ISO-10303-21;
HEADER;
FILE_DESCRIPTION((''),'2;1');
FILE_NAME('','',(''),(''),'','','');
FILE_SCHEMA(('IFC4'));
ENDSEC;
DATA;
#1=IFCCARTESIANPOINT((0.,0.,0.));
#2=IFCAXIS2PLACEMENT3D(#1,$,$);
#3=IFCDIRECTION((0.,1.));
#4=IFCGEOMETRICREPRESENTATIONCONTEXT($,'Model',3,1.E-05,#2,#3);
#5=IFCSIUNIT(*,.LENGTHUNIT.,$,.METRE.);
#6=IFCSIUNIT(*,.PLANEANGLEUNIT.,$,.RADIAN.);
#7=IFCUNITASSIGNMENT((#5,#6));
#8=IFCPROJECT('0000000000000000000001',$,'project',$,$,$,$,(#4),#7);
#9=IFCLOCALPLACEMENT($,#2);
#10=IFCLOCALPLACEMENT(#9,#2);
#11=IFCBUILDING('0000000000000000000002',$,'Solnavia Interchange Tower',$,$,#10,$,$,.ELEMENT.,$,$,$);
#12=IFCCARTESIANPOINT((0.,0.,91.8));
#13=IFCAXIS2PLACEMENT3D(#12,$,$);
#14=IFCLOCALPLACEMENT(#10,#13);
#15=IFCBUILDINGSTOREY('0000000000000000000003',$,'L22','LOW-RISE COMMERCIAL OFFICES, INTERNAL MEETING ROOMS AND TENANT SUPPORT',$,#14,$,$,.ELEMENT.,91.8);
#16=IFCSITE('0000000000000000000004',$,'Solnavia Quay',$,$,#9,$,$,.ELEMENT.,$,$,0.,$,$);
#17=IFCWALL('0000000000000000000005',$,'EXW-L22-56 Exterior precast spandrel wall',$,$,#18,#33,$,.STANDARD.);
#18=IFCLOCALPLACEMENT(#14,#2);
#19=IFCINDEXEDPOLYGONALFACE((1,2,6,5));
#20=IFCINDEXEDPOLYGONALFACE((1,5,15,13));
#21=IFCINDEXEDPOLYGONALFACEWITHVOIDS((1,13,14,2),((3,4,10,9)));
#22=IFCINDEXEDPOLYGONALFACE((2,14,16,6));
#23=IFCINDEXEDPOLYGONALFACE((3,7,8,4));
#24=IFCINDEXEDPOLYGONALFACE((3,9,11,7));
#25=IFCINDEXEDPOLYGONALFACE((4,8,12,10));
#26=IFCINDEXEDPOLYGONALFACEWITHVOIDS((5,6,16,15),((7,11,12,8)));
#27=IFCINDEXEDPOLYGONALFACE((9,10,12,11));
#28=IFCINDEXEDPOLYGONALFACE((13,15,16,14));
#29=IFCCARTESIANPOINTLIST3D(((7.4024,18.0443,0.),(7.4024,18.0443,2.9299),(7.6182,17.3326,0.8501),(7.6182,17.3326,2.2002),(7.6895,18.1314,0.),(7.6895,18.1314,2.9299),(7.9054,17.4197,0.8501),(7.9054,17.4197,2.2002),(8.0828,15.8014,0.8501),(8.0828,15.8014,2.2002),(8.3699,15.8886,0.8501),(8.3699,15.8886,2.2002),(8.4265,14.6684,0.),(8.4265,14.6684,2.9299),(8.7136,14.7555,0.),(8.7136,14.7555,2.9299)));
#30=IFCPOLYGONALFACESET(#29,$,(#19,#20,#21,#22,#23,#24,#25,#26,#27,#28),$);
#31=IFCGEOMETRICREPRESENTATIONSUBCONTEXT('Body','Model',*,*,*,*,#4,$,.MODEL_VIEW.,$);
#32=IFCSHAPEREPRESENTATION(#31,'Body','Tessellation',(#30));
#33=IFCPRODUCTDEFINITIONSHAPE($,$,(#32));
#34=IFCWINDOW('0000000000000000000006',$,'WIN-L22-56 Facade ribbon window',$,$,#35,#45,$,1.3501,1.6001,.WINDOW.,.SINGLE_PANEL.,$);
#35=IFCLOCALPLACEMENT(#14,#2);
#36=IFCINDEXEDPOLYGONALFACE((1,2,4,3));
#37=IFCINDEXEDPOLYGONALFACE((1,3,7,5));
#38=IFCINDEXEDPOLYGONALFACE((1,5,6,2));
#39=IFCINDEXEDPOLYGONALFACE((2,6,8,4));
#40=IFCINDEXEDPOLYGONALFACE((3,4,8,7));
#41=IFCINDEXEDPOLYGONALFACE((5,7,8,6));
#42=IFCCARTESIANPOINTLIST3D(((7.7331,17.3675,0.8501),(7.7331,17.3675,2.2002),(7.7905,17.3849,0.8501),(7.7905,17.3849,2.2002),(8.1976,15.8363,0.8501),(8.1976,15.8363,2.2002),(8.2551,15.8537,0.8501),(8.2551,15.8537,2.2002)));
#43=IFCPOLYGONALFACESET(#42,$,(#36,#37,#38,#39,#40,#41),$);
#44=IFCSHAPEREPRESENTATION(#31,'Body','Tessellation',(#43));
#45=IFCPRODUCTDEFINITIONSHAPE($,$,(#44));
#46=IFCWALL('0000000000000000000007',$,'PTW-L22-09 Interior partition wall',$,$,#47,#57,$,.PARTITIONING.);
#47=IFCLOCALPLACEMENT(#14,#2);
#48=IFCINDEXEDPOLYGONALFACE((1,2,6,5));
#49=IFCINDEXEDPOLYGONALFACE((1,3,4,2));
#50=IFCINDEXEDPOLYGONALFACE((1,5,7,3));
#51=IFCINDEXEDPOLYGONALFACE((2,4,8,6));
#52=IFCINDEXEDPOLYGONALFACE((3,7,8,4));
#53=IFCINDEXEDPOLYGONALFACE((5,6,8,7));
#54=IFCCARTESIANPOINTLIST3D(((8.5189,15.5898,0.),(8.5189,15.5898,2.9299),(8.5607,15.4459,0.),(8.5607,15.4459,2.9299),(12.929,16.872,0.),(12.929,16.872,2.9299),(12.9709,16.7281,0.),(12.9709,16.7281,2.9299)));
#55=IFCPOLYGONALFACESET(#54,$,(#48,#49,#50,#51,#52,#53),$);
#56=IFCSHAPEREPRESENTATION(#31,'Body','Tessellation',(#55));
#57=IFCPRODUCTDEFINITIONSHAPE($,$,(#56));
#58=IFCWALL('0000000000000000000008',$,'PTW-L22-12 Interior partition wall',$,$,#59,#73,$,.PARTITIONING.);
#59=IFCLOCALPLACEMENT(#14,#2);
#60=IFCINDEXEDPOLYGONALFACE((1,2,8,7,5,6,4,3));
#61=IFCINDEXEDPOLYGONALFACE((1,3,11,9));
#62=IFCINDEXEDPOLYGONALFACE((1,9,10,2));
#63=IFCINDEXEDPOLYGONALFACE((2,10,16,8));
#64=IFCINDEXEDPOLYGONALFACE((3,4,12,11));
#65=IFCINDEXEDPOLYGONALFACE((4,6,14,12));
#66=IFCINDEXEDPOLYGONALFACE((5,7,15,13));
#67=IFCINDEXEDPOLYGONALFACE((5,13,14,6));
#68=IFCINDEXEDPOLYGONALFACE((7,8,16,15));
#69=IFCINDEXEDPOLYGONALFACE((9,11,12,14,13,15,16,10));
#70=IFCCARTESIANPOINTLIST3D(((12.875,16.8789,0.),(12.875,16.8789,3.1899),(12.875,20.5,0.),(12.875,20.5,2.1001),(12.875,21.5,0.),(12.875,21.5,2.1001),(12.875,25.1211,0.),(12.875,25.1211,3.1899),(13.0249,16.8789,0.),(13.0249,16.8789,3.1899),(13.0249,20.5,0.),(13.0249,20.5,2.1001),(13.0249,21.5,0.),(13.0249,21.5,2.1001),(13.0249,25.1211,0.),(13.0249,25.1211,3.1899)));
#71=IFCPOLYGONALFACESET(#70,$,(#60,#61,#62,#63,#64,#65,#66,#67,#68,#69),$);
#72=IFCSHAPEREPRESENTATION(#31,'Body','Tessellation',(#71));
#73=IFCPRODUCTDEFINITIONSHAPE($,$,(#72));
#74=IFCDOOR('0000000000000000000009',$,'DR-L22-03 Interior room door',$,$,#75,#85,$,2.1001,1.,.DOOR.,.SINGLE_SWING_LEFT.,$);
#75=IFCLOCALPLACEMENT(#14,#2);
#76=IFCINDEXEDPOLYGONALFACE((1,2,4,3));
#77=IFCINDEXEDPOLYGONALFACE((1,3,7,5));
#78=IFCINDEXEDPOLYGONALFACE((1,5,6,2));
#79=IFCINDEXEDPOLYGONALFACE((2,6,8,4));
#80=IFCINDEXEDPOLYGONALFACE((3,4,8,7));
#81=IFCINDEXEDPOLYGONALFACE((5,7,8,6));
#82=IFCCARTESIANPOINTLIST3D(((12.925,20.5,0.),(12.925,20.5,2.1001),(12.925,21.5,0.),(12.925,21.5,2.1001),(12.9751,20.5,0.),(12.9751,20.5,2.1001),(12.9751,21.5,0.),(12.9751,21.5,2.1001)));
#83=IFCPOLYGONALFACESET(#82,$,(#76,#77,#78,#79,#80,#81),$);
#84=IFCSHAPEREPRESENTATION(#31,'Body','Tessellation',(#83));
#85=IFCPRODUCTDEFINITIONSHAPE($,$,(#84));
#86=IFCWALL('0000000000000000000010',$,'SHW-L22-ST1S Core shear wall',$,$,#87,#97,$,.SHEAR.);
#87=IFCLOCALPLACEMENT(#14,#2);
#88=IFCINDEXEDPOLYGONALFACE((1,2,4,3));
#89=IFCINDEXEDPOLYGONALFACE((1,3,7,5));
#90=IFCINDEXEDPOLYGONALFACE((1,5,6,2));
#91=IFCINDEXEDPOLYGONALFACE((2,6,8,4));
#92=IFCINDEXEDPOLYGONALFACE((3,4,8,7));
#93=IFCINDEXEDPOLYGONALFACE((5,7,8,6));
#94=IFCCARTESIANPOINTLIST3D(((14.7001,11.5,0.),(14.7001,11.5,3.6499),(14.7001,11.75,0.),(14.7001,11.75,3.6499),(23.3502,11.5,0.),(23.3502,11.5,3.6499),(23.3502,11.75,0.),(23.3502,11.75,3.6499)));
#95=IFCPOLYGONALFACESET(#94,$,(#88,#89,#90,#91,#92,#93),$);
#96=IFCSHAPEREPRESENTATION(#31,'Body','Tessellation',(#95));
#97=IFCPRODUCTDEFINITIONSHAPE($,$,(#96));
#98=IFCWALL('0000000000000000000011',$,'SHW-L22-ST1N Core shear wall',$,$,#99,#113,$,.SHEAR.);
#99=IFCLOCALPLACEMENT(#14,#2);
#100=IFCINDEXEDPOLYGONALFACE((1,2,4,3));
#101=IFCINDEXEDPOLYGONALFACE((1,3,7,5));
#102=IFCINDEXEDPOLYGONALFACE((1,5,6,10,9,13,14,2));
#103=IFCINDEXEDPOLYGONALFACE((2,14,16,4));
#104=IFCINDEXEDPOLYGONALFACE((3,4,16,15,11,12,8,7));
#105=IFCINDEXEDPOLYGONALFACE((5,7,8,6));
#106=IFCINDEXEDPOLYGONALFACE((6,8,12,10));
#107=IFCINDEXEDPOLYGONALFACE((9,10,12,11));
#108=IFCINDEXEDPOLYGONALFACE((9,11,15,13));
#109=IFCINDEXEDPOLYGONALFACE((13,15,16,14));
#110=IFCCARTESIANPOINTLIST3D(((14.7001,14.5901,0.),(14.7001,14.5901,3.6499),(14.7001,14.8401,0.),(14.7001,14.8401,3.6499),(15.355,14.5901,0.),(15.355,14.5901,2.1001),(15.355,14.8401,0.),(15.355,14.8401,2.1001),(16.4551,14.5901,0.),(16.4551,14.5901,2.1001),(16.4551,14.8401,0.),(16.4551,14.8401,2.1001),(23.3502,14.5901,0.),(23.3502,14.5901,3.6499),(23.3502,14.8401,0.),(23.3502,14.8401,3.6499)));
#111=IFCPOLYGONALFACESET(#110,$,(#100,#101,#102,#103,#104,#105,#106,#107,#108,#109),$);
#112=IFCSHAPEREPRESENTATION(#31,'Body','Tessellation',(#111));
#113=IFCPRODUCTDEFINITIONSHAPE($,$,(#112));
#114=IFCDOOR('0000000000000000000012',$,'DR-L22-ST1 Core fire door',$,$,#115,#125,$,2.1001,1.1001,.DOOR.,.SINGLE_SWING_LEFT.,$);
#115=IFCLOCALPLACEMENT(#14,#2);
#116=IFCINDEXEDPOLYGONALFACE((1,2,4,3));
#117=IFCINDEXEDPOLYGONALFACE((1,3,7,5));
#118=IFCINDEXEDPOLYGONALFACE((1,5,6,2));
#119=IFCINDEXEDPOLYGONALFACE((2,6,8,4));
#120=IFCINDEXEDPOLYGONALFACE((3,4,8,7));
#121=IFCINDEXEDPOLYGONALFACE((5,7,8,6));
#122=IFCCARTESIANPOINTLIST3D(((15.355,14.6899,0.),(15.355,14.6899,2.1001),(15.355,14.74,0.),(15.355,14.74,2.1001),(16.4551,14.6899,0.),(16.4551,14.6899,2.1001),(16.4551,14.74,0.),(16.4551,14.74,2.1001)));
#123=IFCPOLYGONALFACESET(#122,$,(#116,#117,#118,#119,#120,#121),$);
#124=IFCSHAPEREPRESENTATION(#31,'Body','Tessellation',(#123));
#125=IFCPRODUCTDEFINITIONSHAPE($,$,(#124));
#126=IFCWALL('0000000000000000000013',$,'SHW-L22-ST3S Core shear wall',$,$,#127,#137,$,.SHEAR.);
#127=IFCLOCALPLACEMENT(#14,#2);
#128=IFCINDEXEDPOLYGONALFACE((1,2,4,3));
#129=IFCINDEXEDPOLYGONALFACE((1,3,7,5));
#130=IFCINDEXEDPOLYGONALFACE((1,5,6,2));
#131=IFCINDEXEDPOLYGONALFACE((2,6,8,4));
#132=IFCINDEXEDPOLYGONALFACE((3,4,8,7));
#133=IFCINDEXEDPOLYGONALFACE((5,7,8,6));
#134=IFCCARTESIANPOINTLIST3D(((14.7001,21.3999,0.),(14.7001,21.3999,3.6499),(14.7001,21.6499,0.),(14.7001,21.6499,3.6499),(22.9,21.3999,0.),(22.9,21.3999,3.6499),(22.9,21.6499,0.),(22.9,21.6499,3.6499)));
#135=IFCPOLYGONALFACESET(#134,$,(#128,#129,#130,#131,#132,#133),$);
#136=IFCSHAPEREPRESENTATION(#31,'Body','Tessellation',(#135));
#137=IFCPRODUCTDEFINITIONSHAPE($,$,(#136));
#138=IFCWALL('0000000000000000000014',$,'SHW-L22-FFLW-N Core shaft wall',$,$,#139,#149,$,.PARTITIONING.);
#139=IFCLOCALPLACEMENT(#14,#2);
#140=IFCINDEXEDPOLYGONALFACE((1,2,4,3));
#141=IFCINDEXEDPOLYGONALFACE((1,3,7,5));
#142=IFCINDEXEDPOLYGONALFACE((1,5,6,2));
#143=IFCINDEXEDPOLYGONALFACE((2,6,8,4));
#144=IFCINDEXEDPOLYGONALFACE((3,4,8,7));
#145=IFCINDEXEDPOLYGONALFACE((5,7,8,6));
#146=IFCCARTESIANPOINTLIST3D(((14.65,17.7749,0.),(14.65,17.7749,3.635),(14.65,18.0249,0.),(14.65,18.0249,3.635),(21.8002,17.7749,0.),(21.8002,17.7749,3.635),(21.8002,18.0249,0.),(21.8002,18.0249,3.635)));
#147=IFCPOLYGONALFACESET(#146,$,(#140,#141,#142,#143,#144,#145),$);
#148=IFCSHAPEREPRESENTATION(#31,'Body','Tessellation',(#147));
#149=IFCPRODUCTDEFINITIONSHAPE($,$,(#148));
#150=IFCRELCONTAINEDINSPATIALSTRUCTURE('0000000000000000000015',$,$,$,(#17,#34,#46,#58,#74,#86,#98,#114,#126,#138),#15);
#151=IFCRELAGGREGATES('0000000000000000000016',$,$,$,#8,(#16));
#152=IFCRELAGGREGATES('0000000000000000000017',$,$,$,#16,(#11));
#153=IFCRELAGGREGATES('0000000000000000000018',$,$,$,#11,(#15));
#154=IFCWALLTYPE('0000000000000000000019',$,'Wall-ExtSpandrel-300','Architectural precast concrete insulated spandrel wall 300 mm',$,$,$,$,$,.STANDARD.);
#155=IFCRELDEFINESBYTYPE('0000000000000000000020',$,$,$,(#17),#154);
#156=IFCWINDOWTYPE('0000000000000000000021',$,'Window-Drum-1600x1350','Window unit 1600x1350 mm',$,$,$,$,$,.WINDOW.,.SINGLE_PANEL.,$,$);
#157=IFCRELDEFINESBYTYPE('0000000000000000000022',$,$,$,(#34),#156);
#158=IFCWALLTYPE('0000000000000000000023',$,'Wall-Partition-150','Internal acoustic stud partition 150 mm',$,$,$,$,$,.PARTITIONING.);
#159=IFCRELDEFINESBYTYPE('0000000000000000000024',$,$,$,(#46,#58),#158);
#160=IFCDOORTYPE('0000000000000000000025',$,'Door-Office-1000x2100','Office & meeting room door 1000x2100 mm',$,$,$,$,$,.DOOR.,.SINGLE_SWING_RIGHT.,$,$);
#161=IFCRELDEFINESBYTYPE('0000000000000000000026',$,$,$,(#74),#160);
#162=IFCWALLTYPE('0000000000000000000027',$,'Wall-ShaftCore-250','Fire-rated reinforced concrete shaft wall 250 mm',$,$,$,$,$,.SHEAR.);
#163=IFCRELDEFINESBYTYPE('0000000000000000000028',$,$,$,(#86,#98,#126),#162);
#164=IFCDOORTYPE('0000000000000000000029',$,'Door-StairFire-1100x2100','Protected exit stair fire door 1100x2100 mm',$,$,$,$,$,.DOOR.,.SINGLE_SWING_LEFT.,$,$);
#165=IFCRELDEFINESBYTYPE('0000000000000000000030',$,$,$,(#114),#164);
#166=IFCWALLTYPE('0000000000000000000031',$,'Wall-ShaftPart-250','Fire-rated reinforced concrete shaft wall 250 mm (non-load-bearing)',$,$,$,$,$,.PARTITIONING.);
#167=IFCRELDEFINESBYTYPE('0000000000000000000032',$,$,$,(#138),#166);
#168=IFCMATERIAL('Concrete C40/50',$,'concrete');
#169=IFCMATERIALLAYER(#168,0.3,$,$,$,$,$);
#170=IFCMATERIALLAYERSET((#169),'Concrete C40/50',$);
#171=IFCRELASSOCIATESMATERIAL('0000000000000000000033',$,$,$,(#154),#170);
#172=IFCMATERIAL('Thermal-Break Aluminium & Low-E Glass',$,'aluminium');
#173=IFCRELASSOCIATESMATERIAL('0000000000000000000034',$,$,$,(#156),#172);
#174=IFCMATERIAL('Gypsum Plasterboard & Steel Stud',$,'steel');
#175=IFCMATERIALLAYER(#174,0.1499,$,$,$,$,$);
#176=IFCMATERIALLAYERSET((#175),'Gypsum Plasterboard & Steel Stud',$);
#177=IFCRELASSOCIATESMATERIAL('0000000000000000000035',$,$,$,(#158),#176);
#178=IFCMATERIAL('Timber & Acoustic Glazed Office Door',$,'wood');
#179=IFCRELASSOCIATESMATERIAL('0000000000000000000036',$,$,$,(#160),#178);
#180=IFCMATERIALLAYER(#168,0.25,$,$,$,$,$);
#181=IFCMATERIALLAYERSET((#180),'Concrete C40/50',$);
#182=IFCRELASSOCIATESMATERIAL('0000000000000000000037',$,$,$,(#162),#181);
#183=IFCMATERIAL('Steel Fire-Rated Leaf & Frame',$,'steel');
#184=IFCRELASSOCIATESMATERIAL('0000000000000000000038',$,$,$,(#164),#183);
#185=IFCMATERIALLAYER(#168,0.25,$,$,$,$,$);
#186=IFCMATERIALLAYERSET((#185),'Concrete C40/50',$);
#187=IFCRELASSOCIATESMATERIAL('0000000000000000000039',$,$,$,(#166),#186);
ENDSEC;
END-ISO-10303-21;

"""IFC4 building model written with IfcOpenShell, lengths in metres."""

from ifc_helpers import new_model, si_unit, direction, frame, frame_2d, origin, place, context, subcontext, project, spatial, rectangle, extrude, material, layer, layer_set, type_object, element, fill, save


model = new_model("IFC4")

# Units and contexts
model_context = context("Model", 3, precision=1e-05, world=origin(), true_north=direction((0.0, 1.0)))
body_context = subcontext(model_context, "Body", "Model", "MODEL_VIEW")
ifc_project = project(units=[si_unit("LENGTHUNIT", "METRE"), si_unit("PLANEANGLEUNIT", "RADIAN")], contexts=[model_context])

# Site, building, storey
site_placement = place(None, origin())
site = spatial("IfcSite", under=ifc_project, at=site_placement, Name="Solnavia Quay", CompositionType="ELEMENT", RefElevation=0.0)
building_placement = place(site_placement, origin())
building = spatial("IfcBuilding", under=site, at=building_placement, Name="Solnavia Interchange Tower", CompositionType="ELEMENT")
storey_placement = place(building_placement, frame((0.0, 0.0, 91.8)))
storey = spatial("IfcBuildingStorey", under=building, at=storey_placement, Name="L22", Description="LOW-RISE COMMERCIAL OFFICES, INTERNAL MEETING ROOMS AND TENANT SUPPORT", CompositionType="ELEMENT", Elevation=91.8)

# Shared definitions
ifc_material_1 = material(Name="Concrete C40/50", Category="concrete")
ifc_layer_1 = layer(ifc_material_1, 0.3)
ifc_layer_set_1 = layer_set([ifc_layer_1], Name="Concrete C40/50")
wall_type_1 = type_object("IfcWallType", Name="Wall-ExtSpandrel-300", Description="Architectural precast concrete insulated spandrel wall 300 mm", PredefinedType="STANDARD", material=ifc_layer_set_1)

# Wall, opening, window
ifc_material_2 = material(Name="Thermal-Break Aluminium & Low-E Glass", Category="aluminium")
window_type = type_object("IfcWindowType", Name="Window-Drum-1600x1350", Description="Window unit 1600x1350 mm", PartitioningType="SINGLE_PANEL", PredefinedType="WINDOW", material=ifc_material_2)
wall_1_placement = place(storey_placement, frame((8.5701, 14.7119, 0.0), z_axis=(0.0, 0.0, 1.0), x_axis=(-0.290305, 0.956934, 0.0)))
wall_1 = element("IfcWall", 1, at=wall_1_placement, inside=storey, type_object=wall_type_1, Name="EXW-L22-56 Exterior precast spandrel wall", PredefinedType="STANDARD", context=body_context, shape_type="SweptSolid", body=[
    extrude(rectangle(XDim=3.5278, YDim=0.3, at=frame_2d((1.7639, 0.0))), origin(), (0.0, 0.0, 1.0), 2.9299),
])
opening_1_placement = place(wall_1_placement, frame((1.1841, 0.0, 0.8501)))
opening_1 = element("IfcOpeningElement", 2, at=opening_1_placement, cuts=wall_1, PredefinedType="OPENING", context=body_context, shape_type="SweptSolid", body=[
    extrude(rectangle(XDim=1.6001, YDim=1.3501, at=frame_2d((0.8, 0.675))), frame((0.0, 0.1602, 0.0), z_axis=(0.0, -1.0, 0.0), x_axis=(1.0, 0.0, 0.0)), (0.0, 0.0, 1.0), 0.3201),
])
window_1_placement = place(opening_1_placement, origin())
window_1 = element("IfcWindow", 3, at=window_1_placement, inside=storey, type_object=window_type, Name="WIN-L22-56 Facade ribbon window", OverallHeight=1.3501, OverallWidth=1.6001, PartitioningType="SINGLE_PANEL", PredefinedType="WINDOW", context=body_context, shape_type="SweptSolid", body=[
    extrude(rectangle(XDim=1.6001, YDim=1.3501, at=frame_2d((0.8, 0.675))), frame((0.0, 0.03, 0.0), z_axis=(0.0, -1.0, 0.0), x_axis=(1.0, 0.0, 0.0)), (0.0, 0.0, 1.0), 0.0601),
])
fill(opening_1, window_1)

# Wall
ifc_material_3 = material(Name="Gypsum Plasterboard & Steel Stud", Category="steel")
ifc_layer_2 = layer(ifc_material_3, 0.1499)
ifc_layer_set_2 = layer_set([ifc_layer_2], Name="Gypsum Plasterboard & Steel Stud")
wall_type_2 = type_object("IfcWallType", Name="Wall-Partition-150", Description="Internal acoustic stud partition 150 mm", PredefinedType="PARTITIONING", material=ifc_layer_set_2)
wall_2_placement = place(storey_placement, frame((12.95, 16.8, 0.0), z_axis=(0.0, 0.0, 1.0), x_axis=(-0.960238, -0.279183, 0.0)))
element("IfcWall", 4, at=wall_2_placement, inside=storey, type_object=wall_type_2, Name="PTW-L22-09 Interior partition wall", PredefinedType="PARTITIONING", context=body_context, shape_type="SweptSolid", body=[
    extrude(rectangle(XDim=4.5928, YDim=0.1499, at=frame_2d((2.2964, 0.0))), origin(), (0.0, 0.0, 1.0), 2.9299),
])

# Wall, opening, door
wall_3_placement = place(storey_placement, frame((12.95, 16.8789, 0.0), z_axis=(0.0, 0.0, 1.0), x_axis=(0.0, 1.0, 0.0)))
wall_3 = element("IfcWall", 5, at=wall_3_placement, inside=storey, type_object=wall_type_2, Name="PTW-L22-12 Interior partition wall", PredefinedType="PARTITIONING", context=body_context, shape_type="SweptSolid", body=[
    extrude(rectangle(XDim=8.2422, YDim=0.1499, at=frame_2d((4.1211, 0.0))), origin(), (0.0, 0.0, 1.0), 3.1899),
])
opening_2_placement = place(wall_3_placement, frame((3.6211, 0.0, 0.0)))
opening_2 = element("IfcOpeningElement", 6, at=opening_2_placement, cuts=wall_3, PredefinedType="OPENING", context=body_context, shape_type="SweptSolid", body=[
    extrude(rectangle(XDim=1.0, YDim=2.1001, at=frame_2d((0.5, 1.05))), frame((0.0, 0.085, 0.0), z_axis=(0.0, -1.0, 0.0), x_axis=(1.0, 0.0, 0.0)), (0.0, 0.0, 1.0), 0.1699),
])
ifc_material_4 = material(Name="Timber & Acoustic Glazed Office Door", Category="wood")
door_type_1 = type_object("IfcDoorType", Name="Door-Office-1000x2100", Description="Office & meeting room door 1000x2100 mm", OperationType="SINGLE_SWING_RIGHT", PredefinedType="DOOR", material=ifc_material_4)
door_1_placement = place(opening_2_placement, origin())
door_1 = element("IfcDoor", 7, at=door_1_placement, inside=storey, type_object=door_type_1, Name="DR-L22-03 Interior room door", OperationType="SINGLE_SWING_LEFT", OverallHeight=2.1001, OverallWidth=1.0, PredefinedType="DOOR", context=body_context, shape_type="SweptSolid", body=[
    extrude(rectangle(XDim=1.0, YDim=2.1001, at=frame_2d((0.5, 1.05))), frame((0.0, 0.0249, 0.0), z_axis=(0.0, -1.0, 0.0), x_axis=(1.0, 0.0, 0.0)), (0.0, 0.0, 1.0), 0.05),
])
fill(opening_2, door_1)

# Wall
ifc_layer_3 = layer(ifc_material_1, 0.25)
ifc_layer_set_3 = layer_set([ifc_layer_3], Name="Concrete C40/50")
wall_type_3 = type_object("IfcWallType", Name="Wall-ShaftCore-250", Description="Fire-rated reinforced concrete shaft wall 250 mm", PredefinedType="SHEAR", material=ifc_layer_set_3)
wall_4_placement = place(storey_placement, frame((14.7, 11.625, 0.0), z_axis=(0.0, 0.0, 1.0), x_axis=(1.0, 0.0, 0.0)))
element("IfcWall", 8, at=wall_4_placement, inside=storey, type_object=wall_type_3, Name="SHW-L22-ST1S Core shear wall", PredefinedType="SHEAR", context=body_context, shape_type="SweptSolid", body=[
    extrude(rectangle(XDim=8.6501, YDim=0.25, at=frame_2d((4.3252, 0.0))), origin(), (0.0, 0.0, 1.0), 3.6499),
])

# Wall, opening, door
wall_5_placement = place(storey_placement, frame((14.7, 14.7151, 0.0), z_axis=(0.0, 0.0, 1.0), x_axis=(1.0, 0.0, 0.0)))
wall_5 = element("IfcWall", 9, at=wall_5_placement, inside=storey, type_object=wall_type_3, Name="SHW-L22-ST1N Core shear wall", PredefinedType="SHEAR", context=body_context, shape_type="SweptSolid", body=[
    extrude(rectangle(XDim=8.6501, YDim=0.25, at=frame_2d((4.3252, 0.0))), origin(), (0.0, 0.0, 1.0), 3.6499),
])
opening_3_placement = place(wall_5_placement, frame((0.655, 0.0, 0.0)))
opening_3 = element("IfcOpeningElement", 10, at=opening_3_placement, cuts=wall_5, PredefinedType="OPENING", context=body_context, shape_type="SweptSolid", body=[
    extrude(rectangle(XDim=1.1001, YDim=2.1001, at=frame_2d((0.55, 1.05))), frame((0.0, 0.135, 0.0), z_axis=(0.0, -1.0, 0.0), x_axis=(1.0, 0.0, 0.0)), (0.0, 0.0, 1.0), 0.27),
])
ifc_material_5 = material(Name="Steel Fire-Rated Leaf & Frame", Category="steel")
door_type_2 = type_object("IfcDoorType", Name="Door-StairFire-1100x2100", Description="Protected exit stair fire door 1100x2100 mm", OperationType="SINGLE_SWING_LEFT", PredefinedType="DOOR", material=ifc_material_5)
door_2_placement = place(opening_3_placement, origin())
door_2 = element("IfcDoor", 11, at=door_2_placement, inside=storey, type_object=door_type_2, Name="DR-L22-ST1 Core fire door", OperationType="SINGLE_SWING_LEFT", OverallHeight=2.1001, OverallWidth=1.1001, PredefinedType="DOOR", context=body_context, shape_type="SweptSolid", body=[
    extrude(rectangle(XDim=1.1001, YDim=2.1001, at=frame_2d((0.55, 1.05))), frame((0.0, 0.0249, 0.0), z_axis=(0.0, -1.0, 0.0), x_axis=(1.0, 0.0, 0.0)), (0.0, 0.0, 1.0), 0.05),
])
fill(opening_3, door_2)

# Walls
wall_6_placement = place(storey_placement, frame((14.7, 21.5249, 0.0), z_axis=(0.0, 0.0, 1.0), x_axis=(1.0, 0.0, 0.0)))
element("IfcWall", 12, at=wall_6_placement, inside=storey, type_object=wall_type_3, Name="SHW-L22-ST3S Core shear wall", PredefinedType="SHEAR", context=body_context, shape_type="SweptSolid", body=[
    extrude(rectangle(XDim=8.2, YDim=0.25, at=frame_2d((4.1001, 0.0))), origin(), (0.0, 0.0, 1.0), 3.6499),
])
ifc_layer_4 = layer(ifc_material_1, 0.25)
ifc_layer_set_4 = layer_set([ifc_layer_4], Name="Concrete C40/50")
wall_type_4 = type_object("IfcWallType", Name="Wall-ShaftPart-250", Description="Fire-rated reinforced concrete shaft wall 250 mm (non-load-bearing)", PredefinedType="PARTITIONING", material=ifc_layer_set_4)
wall_7_placement = place(storey_placement, frame((14.6499, 17.8999, 0.0), z_axis=(0.0, 0.0, 1.0), x_axis=(1.0, 0.0, 0.0)))
element("IfcWall", 13, at=wall_7_placement, inside=storey, type_object=wall_type_4, Name="SHW-L22-FFLW-N Core shaft wall", PredefinedType="PARTITIONING", context=body_context, shape_type="SweptSolid", body=[
    extrude(rectangle(XDim=7.1501, YDim=0.25, at=frame_2d((3.5752, 0.0))), origin(), (0.0, 0.0, 1.0), 3.635),
])

save(model, "model.ifc")
